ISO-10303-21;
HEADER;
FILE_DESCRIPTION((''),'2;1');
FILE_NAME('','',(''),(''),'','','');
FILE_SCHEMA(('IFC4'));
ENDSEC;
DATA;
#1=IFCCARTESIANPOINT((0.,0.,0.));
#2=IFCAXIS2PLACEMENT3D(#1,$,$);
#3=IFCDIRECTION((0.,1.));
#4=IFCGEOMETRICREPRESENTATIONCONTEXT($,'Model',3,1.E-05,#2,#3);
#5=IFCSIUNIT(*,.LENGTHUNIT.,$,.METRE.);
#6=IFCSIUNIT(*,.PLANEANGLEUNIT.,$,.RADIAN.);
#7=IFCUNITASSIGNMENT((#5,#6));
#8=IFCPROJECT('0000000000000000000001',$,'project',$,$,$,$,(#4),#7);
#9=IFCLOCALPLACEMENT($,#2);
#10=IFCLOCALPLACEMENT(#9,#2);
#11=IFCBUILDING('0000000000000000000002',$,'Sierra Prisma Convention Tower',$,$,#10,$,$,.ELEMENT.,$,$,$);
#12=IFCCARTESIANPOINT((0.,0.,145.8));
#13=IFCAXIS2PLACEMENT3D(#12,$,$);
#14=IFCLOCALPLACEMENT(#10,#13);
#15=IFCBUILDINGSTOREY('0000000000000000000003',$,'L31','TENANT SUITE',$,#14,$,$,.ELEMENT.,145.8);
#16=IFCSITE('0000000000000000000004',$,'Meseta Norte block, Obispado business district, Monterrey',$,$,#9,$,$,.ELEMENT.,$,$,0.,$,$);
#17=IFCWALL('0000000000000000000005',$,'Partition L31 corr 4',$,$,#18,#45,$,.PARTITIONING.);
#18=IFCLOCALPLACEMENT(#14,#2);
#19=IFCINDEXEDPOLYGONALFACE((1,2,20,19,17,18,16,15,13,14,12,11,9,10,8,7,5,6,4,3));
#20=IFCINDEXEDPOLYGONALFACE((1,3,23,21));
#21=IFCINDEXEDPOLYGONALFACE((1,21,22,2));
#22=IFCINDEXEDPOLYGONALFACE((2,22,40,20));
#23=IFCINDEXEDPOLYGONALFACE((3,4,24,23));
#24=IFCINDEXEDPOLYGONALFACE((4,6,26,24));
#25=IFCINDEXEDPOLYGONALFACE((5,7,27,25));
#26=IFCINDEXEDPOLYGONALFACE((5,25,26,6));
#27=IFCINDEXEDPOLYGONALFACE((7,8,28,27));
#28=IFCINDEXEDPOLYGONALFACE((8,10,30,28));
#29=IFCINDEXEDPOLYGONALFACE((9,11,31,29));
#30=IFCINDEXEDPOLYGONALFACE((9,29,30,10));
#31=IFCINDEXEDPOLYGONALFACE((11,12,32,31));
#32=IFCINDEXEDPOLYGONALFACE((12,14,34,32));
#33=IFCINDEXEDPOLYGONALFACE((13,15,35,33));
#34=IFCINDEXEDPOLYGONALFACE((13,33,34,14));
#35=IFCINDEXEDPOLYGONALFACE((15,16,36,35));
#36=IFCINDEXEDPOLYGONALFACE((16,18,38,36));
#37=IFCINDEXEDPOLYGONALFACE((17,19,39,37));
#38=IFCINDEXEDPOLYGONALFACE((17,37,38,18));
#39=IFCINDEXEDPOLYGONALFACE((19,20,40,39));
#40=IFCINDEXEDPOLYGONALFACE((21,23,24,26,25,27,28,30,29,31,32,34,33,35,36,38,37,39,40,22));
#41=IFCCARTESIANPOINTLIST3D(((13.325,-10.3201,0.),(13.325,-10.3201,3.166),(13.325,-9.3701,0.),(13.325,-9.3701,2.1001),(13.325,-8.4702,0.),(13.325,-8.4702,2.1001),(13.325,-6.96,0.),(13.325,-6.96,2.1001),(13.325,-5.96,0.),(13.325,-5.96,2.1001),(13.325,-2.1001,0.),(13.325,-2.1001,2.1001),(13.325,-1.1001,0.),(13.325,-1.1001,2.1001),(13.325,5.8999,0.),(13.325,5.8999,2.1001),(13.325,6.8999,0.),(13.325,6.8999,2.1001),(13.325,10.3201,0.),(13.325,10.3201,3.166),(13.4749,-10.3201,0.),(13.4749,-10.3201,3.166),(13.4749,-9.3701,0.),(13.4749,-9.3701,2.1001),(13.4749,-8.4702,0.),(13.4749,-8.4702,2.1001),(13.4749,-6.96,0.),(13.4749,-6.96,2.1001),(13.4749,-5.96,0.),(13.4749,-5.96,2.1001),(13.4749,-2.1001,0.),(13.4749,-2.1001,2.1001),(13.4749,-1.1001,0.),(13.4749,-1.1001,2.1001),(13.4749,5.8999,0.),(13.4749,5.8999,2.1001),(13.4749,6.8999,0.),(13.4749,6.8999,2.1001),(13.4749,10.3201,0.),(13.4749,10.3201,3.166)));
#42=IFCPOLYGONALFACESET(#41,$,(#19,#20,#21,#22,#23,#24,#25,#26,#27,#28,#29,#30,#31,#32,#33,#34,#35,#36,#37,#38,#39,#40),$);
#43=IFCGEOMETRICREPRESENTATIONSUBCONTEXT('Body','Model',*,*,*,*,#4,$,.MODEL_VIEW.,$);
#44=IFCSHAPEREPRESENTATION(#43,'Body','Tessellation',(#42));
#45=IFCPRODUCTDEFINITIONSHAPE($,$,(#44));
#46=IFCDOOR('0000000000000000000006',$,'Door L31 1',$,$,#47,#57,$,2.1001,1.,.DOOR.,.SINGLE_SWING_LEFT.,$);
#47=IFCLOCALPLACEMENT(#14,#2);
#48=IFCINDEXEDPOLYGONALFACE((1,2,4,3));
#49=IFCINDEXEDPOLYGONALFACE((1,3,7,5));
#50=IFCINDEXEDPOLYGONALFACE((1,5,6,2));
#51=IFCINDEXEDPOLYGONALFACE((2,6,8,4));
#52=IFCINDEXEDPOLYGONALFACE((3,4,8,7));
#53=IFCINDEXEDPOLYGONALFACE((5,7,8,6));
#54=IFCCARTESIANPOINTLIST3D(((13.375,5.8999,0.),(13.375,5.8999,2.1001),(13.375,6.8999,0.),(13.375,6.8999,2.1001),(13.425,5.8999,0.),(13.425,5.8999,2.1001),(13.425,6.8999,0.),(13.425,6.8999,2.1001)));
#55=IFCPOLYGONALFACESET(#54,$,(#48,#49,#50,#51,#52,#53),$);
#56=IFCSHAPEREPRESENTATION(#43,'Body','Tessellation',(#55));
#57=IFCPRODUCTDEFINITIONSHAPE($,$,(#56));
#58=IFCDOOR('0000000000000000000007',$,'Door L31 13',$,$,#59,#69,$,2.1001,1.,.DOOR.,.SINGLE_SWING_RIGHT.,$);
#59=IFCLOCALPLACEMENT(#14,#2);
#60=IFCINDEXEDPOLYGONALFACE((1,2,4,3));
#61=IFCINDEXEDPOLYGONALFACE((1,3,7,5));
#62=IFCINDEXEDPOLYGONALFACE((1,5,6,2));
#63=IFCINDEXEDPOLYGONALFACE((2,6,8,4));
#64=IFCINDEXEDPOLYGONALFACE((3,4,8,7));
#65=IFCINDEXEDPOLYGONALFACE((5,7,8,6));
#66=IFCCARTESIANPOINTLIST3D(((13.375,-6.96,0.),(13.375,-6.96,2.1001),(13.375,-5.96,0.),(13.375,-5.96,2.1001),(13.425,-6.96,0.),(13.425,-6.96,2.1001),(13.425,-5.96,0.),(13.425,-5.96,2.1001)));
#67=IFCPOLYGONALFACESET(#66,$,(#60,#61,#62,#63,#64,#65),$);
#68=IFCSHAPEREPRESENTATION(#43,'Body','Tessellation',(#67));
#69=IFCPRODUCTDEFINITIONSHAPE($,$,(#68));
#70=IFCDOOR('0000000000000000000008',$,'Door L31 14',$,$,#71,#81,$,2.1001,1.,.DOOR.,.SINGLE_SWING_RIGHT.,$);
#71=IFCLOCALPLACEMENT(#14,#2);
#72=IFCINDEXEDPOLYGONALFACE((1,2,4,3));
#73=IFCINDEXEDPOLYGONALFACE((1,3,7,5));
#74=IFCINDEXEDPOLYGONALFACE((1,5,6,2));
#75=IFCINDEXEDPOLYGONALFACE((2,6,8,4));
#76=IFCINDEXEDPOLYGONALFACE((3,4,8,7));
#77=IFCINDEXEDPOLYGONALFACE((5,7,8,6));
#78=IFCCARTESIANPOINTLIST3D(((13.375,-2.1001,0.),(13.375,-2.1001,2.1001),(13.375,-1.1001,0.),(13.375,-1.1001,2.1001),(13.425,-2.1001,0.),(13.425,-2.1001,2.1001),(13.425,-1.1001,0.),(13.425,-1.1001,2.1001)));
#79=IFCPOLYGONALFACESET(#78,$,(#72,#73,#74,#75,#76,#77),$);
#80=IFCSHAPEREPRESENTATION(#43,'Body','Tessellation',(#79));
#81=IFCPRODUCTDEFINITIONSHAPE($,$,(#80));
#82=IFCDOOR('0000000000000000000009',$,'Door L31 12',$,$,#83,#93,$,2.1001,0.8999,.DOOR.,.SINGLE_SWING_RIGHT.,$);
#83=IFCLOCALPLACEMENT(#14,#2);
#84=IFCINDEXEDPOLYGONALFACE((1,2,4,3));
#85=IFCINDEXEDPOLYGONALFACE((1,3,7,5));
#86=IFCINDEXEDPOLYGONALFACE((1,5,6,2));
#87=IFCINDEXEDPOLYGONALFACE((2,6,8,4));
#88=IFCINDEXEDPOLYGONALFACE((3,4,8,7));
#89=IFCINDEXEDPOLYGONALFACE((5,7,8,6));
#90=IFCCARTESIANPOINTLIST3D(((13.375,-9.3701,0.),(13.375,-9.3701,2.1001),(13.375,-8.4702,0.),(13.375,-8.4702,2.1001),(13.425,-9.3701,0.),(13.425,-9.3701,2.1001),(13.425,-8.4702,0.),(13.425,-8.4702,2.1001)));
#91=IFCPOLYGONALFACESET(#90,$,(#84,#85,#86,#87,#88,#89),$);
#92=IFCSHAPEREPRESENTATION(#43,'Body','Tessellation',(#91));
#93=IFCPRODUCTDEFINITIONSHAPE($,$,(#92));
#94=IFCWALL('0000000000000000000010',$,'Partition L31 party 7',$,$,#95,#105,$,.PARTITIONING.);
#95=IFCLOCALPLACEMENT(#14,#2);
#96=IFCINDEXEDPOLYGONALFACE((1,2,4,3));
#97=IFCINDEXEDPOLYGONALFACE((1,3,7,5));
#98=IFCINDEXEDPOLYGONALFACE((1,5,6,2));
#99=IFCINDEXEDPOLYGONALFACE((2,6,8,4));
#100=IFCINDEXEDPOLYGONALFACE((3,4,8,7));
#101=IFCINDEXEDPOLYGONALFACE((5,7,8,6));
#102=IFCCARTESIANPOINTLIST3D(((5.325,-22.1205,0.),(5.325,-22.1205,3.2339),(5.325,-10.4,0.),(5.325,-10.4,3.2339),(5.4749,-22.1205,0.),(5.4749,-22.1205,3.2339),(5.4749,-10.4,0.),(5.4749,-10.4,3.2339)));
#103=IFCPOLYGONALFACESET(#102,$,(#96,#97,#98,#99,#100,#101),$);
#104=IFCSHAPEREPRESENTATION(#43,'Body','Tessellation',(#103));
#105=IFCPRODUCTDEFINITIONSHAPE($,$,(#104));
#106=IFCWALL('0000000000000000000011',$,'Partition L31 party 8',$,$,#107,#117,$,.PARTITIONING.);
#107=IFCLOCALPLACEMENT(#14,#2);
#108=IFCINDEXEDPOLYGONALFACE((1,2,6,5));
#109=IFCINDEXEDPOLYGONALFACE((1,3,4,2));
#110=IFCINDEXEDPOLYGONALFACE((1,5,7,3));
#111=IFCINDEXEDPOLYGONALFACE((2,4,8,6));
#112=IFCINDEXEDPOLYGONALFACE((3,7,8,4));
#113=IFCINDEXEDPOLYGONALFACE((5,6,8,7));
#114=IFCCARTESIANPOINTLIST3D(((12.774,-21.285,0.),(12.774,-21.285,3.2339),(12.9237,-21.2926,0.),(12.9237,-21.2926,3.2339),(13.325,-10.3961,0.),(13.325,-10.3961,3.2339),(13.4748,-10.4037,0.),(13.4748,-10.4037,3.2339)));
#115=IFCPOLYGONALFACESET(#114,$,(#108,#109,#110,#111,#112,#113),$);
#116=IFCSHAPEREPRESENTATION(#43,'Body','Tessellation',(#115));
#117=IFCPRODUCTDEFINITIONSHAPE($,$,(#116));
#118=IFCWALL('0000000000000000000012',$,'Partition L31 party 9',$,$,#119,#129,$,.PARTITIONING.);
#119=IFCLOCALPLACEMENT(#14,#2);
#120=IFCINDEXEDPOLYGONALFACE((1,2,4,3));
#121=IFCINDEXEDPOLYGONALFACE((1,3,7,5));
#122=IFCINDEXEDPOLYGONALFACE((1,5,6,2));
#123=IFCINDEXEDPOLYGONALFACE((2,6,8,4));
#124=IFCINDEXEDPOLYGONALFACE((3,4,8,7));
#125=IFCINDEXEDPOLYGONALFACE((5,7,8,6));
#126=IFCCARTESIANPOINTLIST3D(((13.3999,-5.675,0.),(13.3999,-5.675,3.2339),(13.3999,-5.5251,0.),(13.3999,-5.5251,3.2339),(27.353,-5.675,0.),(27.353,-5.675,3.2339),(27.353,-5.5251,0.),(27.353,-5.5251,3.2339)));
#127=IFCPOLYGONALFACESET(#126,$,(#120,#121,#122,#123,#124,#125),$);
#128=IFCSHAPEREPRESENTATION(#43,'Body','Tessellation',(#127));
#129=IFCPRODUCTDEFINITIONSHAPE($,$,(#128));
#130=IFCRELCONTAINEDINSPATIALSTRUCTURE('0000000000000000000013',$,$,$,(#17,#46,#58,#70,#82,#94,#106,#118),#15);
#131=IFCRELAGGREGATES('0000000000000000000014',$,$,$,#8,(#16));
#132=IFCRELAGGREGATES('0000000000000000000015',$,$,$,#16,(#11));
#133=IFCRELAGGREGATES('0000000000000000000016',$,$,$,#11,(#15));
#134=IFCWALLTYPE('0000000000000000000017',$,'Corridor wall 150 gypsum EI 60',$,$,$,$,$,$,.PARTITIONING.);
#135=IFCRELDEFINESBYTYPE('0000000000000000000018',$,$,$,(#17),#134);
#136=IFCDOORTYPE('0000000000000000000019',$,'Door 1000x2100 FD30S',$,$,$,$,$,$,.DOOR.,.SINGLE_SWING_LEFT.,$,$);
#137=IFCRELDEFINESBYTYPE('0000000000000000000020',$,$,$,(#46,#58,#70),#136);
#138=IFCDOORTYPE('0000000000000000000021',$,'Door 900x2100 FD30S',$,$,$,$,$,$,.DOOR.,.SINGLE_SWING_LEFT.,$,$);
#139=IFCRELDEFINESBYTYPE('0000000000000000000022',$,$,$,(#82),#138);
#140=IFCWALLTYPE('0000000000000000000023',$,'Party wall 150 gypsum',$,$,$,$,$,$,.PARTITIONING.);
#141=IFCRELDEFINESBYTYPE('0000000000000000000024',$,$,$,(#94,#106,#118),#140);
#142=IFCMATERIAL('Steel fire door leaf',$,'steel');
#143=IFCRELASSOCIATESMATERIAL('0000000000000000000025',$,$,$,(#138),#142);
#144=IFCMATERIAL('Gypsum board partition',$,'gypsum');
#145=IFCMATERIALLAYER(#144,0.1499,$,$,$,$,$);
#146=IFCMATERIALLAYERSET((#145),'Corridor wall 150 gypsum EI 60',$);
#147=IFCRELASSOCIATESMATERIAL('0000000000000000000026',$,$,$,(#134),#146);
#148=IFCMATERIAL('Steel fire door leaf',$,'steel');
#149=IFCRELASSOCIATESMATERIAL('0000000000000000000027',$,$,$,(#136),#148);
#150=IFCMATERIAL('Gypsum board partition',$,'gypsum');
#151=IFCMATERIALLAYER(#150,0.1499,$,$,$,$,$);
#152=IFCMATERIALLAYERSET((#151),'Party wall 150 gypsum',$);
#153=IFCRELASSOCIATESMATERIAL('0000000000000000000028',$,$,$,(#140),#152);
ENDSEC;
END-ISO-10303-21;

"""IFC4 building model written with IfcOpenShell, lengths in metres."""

from ifc_helpers import new_model, si_unit, direction, frame, frame_2d, origin, place, context, subcontext, project, spatial, rectangle, extrude, material, layer, layer_set, type_object, element, fill, save


model = new_model("IFC4")

# Units and contexts
model_context = context("Model", 3, precision=1e-05, world=origin(), true_north=direction((0.0, 1.0)))
body_context = subcontext(model_context, "Body", "Model", "MODEL_VIEW")
ifc_project = project(units=[si_unit("LENGTHUNIT", "METRE"), si_unit("PLANEANGLEUNIT", "RADIAN")], contexts=[model_context])

# Site, building, storey
site_placement = place(None, origin())
site = spatial("IfcSite", under=ifc_project, at=site_placement, Name="Meseta Norte block, Obispado business district, Monterrey", CompositionType="ELEMENT", RefElevation=0.0)
building_placement = place(site_placement, origin())
building = spatial("IfcBuilding", under=site, at=building_placement, Name="Sierra Prisma Convention Tower", CompositionType="ELEMENT")
storey_placement = place(building_placement, frame((0.0, 0.0, 145.8)))
storey = spatial("IfcBuildingStorey", under=building, at=storey_placement, Name="L31", Description="TENANT SUITE", CompositionType="ELEMENT", Elevation=145.8)

# Shared definitions
ifc_material_1 = material(Name="Steel fire door leaf", Category="steel")
door_type_1 = type_object("IfcDoorType", Name="Door 900x2100 FD30S", OperationType="SINGLE_SWING_LEFT", PredefinedType="DOOR", material=ifc_material_1)

# Wall, openings, doors
ifc_material_2 = material(Name="Gypsum board partition", Category="gypsum")
ifc_layer_1 = layer(ifc_material_2, 0.1499)
ifc_layer_set_1 = layer_set([ifc_layer_1], Name="Corridor wall 150 gypsum EI 60")
wall_type_1 = type_object("IfcWallType", Name="Corridor wall 150 gypsum EI 60", PredefinedType="PARTITIONING", material=ifc_layer_set_1)
wall_1_placement = place(storey_placement, frame((13.3999, -10.3201, 0.0), z_axis=(0.0, 0.0, 1.0), x_axis=(0.0, 1.0, 0.0)))
wall_1 = element("IfcWall", 1, at=wall_1_placement, inside=storey, type_object=wall_type_1, Name="Partition L31 corr 4", PredefinedType="PARTITIONING", context=body_context, shape_type="SweptSolid", body=[
    extrude(rectangle(XDim=20.6401, YDim=0.1499, at=frame_2d((10.3201, 0.0))), origin(), (0.0, 0.0, 1.0), 3.166),
])
opening_1_placement = place(wall_1_placement, frame((16.22, 0.0, 0.0)))
opening_1 = element("IfcOpeningElement", 2, at=opening_1_placement, cuts=wall_1, PredefinedType="OPENING", context=body_context, shape_type="SweptSolid", body=[
    extrude(rectangle(XDim=1.0, YDim=2.1001, at=frame_2d((0.5, 1.05))), frame((0.0, 0.075, 0.0), z_axis=(0.0, -1.0, 0.0), x_axis=(1.0, 0.0, 0.0)), (0.0, 0.0, 1.0), 0.1499),
])
opening_2_placement = place(wall_1_placement, frame((0.95, 0.0, 0.0)))
opening_2 = element("IfcOpeningElement", 3, at=opening_2_placement, cuts=wall_1, PredefinedType="OPENING", context=body_context, shape_type="SweptSolid", body=[
    extrude(rectangle(XDim=0.8999, YDim=2.1001, at=frame_2d((0.45, 1.05))), frame((0.0, 0.075, 0.0), z_axis=(0.0, -1.0, 0.0), x_axis=(1.0, 0.0, 0.0)), (0.0, 0.0, 1.0), 0.1499),
])
opening_3_placement = place(wall_1_placement, frame((3.3601, 0.0, 0.0)))
opening_3 = element("IfcOpeningElement", 4, at=opening_3_placement, cuts=wall_1, PredefinedType="OPENING", context=body_context, shape_type="SweptSolid", body=[
    extrude(rectangle(XDim=1.0, YDim=2.1001, at=frame_2d((0.5, 1.05))), frame((0.0, 0.075, 0.0), z_axis=(0.0, -1.0, 0.0), x_axis=(1.0, 0.0, 0.0)), (0.0, 0.0, 1.0), 0.1499),
])
opening_4_placement = place(wall_1_placement, frame((8.22, 0.0, 0.0)))
opening_4 = element("IfcOpeningElement", 5, at=opening_4_placement, cuts=wall_1, PredefinedType="OPENING", context=body_context, shape_type="SweptSolid", body=[
    extrude(rectangle(XDim=1.0, YDim=2.1001, at=frame_2d((0.5, 1.05))), frame((0.0, 0.075, 0.0), z_axis=(0.0, -1.0, 0.0), x_axis=(1.0, 0.0, 0.0)), (0.0, 0.0, 1.0), 0.1499),
])
ifc_material_3 = material(Name="Steel fire door leaf", Category="steel")
door_type_2 = type_object("IfcDoorType", Name="Door 1000x2100 FD30S", OperationType="SINGLE_SWING_LEFT", PredefinedType="DOOR", material=ifc_material_3)
door_1_placement = place(opening_1_placement, origin())
door_1 = element("IfcDoor", 6, at=door_1_placement, inside=storey, type_object=door_type_2, Name="Door L31 1", OperationType="SINGLE_SWING_LEFT", OverallHeight=2.1001, OverallWidth=1.0, PredefinedType="DOOR", context=body_context, shape_type="SweptSolid", body=[
    extrude(rectangle(XDim=1.0, YDim=2.1001, at=frame_2d((0.5, 1.05))), frame((0.0, 0.0249, 0.0), z_axis=(0.0, -1.0, 0.0), x_axis=(1.0, 0.0, 0.0)), (0.0, 0.0, 1.0), 0.05),
])
fill(opening_1, door_1)
door_2_placement = place(opening_3_placement, origin())
door_2 = element("IfcDoor", 7, at=door_2_placement, inside=storey, type_object=door_type_2, Name="Door L31 13", OperationType="SINGLE_SWING_RIGHT", OverallHeight=2.1001, OverallWidth=1.0, PredefinedType="DOOR", context=body_context, shape_type="SweptSolid", body=[
    extrude(rectangle(XDim=1.0, YDim=2.1001, at=frame_2d((0.5, 1.05))), frame((0.0, 0.0249, 0.0), z_axis=(0.0, -1.0, 0.0), x_axis=(1.0, 0.0, 0.0)), (0.0, 0.0, 1.0), 0.05),
])
fill(opening_3, door_2)
door_3_placement = place(opening_4_placement, origin())
door_3 = element("IfcDoor", 8, at=door_3_placement, inside=storey, type_object=door_type_2, Name="Door L31 14", OperationType="SINGLE_SWING_RIGHT", OverallHeight=2.1001, OverallWidth=1.0, PredefinedType="DOOR", context=body_context, shape_type="SweptSolid", body=[
    extrude(rectangle(XDim=1.0, YDim=2.1001, at=frame_2d((0.5, 1.05))), frame((0.0, 0.0249, 0.0), z_axis=(0.0, -1.0, 0.0), x_axis=(1.0, 0.0, 0.0)), (0.0, 0.0, 1.0), 0.05),
])
fill(opening_4, door_3)
door_4_placement = place(opening_2_placement, origin())
door_4 = element("IfcDoor", 9, at=door_4_placement, inside=storey, type_object=door_type_1, Name="Door L31 12", OperationType="SINGLE_SWING_RIGHT", OverallHeight=2.1001, OverallWidth=0.8999, PredefinedType="DOOR", context=body_context, shape_type="SweptSolid", body=[
    extrude(rectangle(XDim=0.8999, YDim=2.1001, at=frame_2d((0.45, 1.05))), frame((0.0, 0.0249, 0.0), z_axis=(0.0, -1.0, 0.0), x_axis=(1.0, 0.0, 0.0)), (0.0, 0.0, 1.0), 0.05),
])
fill(opening_2, door_4)

# Walls
ifc_material_4 = material(Name="Gypsum board partition", Category="gypsum")
ifc_layer_2 = layer(ifc_material_4, 0.1499)
ifc_layer_set_2 = layer_set([ifc_layer_2], Name="Party wall 150 gypsum")
wall_type_2 = type_object("IfcWallType", Name="Party wall 150 gypsum", PredefinedType="PARTITIONING", material=ifc_layer_set_2)
wall_2_placement = place(storey_placement, frame((5.3999, -10.3999, 0.0), z_axis=(0.0, 0.0, 1.0), x_axis=(0.0, -1.0, 0.0)))
element("IfcWall", 10, at=wall_2_placement, inside=storey, type_object=wall_type_2, Name="Partition L31 party 7", PredefinedType="PARTITIONING", context=body_context, shape_type="SweptSolid", body=[
    extrude(rectangle(XDim=11.7205, YDim=0.1499, at=frame_2d((5.8604, 0.0))), origin(), (0.0, 0.0, 1.0), 3.2339),
])
wall_3_placement = place(storey_placement, frame((13.3999, -10.3999, 0.0), z_axis=(0.0, 0.0, 1.0), x_axis=(-0.05054, -0.998722, 0.0)))
element("IfcWall", 11, at=wall_3_placement, inside=storey, type_object=wall_type_2, Name="Partition L31 party 8", PredefinedType="PARTITIONING", context=body_context, shape_type="SweptSolid", body=[
    extrude(rectangle(XDim=10.9028, YDim=0.1499, at=frame_2d((5.4514, 0.0))), origin(), (0.0, 0.0, 1.0), 3.2339),
])
wall_4_placement = place(storey_placement, frame((13.3999, -5.6001, 0.0), z_axis=(0.0, 0.0, 1.0), x_axis=(1.0, 0.0, 0.0)))
element("IfcWall", 12, at=wall_4_placement, inside=storey, type_object=wall_type_2, Name="Partition L31 party 9", PredefinedType="PARTITIONING", context=body_context, shape_type="SweptSolid", body=[
    extrude(rectangle(XDim=13.9531, YDim=0.1499, at=frame_2d((6.9766, 0.0))), origin(), (0.0, 0.0, 1.0), 3.2339),
])

save(model, "model.ifc")
